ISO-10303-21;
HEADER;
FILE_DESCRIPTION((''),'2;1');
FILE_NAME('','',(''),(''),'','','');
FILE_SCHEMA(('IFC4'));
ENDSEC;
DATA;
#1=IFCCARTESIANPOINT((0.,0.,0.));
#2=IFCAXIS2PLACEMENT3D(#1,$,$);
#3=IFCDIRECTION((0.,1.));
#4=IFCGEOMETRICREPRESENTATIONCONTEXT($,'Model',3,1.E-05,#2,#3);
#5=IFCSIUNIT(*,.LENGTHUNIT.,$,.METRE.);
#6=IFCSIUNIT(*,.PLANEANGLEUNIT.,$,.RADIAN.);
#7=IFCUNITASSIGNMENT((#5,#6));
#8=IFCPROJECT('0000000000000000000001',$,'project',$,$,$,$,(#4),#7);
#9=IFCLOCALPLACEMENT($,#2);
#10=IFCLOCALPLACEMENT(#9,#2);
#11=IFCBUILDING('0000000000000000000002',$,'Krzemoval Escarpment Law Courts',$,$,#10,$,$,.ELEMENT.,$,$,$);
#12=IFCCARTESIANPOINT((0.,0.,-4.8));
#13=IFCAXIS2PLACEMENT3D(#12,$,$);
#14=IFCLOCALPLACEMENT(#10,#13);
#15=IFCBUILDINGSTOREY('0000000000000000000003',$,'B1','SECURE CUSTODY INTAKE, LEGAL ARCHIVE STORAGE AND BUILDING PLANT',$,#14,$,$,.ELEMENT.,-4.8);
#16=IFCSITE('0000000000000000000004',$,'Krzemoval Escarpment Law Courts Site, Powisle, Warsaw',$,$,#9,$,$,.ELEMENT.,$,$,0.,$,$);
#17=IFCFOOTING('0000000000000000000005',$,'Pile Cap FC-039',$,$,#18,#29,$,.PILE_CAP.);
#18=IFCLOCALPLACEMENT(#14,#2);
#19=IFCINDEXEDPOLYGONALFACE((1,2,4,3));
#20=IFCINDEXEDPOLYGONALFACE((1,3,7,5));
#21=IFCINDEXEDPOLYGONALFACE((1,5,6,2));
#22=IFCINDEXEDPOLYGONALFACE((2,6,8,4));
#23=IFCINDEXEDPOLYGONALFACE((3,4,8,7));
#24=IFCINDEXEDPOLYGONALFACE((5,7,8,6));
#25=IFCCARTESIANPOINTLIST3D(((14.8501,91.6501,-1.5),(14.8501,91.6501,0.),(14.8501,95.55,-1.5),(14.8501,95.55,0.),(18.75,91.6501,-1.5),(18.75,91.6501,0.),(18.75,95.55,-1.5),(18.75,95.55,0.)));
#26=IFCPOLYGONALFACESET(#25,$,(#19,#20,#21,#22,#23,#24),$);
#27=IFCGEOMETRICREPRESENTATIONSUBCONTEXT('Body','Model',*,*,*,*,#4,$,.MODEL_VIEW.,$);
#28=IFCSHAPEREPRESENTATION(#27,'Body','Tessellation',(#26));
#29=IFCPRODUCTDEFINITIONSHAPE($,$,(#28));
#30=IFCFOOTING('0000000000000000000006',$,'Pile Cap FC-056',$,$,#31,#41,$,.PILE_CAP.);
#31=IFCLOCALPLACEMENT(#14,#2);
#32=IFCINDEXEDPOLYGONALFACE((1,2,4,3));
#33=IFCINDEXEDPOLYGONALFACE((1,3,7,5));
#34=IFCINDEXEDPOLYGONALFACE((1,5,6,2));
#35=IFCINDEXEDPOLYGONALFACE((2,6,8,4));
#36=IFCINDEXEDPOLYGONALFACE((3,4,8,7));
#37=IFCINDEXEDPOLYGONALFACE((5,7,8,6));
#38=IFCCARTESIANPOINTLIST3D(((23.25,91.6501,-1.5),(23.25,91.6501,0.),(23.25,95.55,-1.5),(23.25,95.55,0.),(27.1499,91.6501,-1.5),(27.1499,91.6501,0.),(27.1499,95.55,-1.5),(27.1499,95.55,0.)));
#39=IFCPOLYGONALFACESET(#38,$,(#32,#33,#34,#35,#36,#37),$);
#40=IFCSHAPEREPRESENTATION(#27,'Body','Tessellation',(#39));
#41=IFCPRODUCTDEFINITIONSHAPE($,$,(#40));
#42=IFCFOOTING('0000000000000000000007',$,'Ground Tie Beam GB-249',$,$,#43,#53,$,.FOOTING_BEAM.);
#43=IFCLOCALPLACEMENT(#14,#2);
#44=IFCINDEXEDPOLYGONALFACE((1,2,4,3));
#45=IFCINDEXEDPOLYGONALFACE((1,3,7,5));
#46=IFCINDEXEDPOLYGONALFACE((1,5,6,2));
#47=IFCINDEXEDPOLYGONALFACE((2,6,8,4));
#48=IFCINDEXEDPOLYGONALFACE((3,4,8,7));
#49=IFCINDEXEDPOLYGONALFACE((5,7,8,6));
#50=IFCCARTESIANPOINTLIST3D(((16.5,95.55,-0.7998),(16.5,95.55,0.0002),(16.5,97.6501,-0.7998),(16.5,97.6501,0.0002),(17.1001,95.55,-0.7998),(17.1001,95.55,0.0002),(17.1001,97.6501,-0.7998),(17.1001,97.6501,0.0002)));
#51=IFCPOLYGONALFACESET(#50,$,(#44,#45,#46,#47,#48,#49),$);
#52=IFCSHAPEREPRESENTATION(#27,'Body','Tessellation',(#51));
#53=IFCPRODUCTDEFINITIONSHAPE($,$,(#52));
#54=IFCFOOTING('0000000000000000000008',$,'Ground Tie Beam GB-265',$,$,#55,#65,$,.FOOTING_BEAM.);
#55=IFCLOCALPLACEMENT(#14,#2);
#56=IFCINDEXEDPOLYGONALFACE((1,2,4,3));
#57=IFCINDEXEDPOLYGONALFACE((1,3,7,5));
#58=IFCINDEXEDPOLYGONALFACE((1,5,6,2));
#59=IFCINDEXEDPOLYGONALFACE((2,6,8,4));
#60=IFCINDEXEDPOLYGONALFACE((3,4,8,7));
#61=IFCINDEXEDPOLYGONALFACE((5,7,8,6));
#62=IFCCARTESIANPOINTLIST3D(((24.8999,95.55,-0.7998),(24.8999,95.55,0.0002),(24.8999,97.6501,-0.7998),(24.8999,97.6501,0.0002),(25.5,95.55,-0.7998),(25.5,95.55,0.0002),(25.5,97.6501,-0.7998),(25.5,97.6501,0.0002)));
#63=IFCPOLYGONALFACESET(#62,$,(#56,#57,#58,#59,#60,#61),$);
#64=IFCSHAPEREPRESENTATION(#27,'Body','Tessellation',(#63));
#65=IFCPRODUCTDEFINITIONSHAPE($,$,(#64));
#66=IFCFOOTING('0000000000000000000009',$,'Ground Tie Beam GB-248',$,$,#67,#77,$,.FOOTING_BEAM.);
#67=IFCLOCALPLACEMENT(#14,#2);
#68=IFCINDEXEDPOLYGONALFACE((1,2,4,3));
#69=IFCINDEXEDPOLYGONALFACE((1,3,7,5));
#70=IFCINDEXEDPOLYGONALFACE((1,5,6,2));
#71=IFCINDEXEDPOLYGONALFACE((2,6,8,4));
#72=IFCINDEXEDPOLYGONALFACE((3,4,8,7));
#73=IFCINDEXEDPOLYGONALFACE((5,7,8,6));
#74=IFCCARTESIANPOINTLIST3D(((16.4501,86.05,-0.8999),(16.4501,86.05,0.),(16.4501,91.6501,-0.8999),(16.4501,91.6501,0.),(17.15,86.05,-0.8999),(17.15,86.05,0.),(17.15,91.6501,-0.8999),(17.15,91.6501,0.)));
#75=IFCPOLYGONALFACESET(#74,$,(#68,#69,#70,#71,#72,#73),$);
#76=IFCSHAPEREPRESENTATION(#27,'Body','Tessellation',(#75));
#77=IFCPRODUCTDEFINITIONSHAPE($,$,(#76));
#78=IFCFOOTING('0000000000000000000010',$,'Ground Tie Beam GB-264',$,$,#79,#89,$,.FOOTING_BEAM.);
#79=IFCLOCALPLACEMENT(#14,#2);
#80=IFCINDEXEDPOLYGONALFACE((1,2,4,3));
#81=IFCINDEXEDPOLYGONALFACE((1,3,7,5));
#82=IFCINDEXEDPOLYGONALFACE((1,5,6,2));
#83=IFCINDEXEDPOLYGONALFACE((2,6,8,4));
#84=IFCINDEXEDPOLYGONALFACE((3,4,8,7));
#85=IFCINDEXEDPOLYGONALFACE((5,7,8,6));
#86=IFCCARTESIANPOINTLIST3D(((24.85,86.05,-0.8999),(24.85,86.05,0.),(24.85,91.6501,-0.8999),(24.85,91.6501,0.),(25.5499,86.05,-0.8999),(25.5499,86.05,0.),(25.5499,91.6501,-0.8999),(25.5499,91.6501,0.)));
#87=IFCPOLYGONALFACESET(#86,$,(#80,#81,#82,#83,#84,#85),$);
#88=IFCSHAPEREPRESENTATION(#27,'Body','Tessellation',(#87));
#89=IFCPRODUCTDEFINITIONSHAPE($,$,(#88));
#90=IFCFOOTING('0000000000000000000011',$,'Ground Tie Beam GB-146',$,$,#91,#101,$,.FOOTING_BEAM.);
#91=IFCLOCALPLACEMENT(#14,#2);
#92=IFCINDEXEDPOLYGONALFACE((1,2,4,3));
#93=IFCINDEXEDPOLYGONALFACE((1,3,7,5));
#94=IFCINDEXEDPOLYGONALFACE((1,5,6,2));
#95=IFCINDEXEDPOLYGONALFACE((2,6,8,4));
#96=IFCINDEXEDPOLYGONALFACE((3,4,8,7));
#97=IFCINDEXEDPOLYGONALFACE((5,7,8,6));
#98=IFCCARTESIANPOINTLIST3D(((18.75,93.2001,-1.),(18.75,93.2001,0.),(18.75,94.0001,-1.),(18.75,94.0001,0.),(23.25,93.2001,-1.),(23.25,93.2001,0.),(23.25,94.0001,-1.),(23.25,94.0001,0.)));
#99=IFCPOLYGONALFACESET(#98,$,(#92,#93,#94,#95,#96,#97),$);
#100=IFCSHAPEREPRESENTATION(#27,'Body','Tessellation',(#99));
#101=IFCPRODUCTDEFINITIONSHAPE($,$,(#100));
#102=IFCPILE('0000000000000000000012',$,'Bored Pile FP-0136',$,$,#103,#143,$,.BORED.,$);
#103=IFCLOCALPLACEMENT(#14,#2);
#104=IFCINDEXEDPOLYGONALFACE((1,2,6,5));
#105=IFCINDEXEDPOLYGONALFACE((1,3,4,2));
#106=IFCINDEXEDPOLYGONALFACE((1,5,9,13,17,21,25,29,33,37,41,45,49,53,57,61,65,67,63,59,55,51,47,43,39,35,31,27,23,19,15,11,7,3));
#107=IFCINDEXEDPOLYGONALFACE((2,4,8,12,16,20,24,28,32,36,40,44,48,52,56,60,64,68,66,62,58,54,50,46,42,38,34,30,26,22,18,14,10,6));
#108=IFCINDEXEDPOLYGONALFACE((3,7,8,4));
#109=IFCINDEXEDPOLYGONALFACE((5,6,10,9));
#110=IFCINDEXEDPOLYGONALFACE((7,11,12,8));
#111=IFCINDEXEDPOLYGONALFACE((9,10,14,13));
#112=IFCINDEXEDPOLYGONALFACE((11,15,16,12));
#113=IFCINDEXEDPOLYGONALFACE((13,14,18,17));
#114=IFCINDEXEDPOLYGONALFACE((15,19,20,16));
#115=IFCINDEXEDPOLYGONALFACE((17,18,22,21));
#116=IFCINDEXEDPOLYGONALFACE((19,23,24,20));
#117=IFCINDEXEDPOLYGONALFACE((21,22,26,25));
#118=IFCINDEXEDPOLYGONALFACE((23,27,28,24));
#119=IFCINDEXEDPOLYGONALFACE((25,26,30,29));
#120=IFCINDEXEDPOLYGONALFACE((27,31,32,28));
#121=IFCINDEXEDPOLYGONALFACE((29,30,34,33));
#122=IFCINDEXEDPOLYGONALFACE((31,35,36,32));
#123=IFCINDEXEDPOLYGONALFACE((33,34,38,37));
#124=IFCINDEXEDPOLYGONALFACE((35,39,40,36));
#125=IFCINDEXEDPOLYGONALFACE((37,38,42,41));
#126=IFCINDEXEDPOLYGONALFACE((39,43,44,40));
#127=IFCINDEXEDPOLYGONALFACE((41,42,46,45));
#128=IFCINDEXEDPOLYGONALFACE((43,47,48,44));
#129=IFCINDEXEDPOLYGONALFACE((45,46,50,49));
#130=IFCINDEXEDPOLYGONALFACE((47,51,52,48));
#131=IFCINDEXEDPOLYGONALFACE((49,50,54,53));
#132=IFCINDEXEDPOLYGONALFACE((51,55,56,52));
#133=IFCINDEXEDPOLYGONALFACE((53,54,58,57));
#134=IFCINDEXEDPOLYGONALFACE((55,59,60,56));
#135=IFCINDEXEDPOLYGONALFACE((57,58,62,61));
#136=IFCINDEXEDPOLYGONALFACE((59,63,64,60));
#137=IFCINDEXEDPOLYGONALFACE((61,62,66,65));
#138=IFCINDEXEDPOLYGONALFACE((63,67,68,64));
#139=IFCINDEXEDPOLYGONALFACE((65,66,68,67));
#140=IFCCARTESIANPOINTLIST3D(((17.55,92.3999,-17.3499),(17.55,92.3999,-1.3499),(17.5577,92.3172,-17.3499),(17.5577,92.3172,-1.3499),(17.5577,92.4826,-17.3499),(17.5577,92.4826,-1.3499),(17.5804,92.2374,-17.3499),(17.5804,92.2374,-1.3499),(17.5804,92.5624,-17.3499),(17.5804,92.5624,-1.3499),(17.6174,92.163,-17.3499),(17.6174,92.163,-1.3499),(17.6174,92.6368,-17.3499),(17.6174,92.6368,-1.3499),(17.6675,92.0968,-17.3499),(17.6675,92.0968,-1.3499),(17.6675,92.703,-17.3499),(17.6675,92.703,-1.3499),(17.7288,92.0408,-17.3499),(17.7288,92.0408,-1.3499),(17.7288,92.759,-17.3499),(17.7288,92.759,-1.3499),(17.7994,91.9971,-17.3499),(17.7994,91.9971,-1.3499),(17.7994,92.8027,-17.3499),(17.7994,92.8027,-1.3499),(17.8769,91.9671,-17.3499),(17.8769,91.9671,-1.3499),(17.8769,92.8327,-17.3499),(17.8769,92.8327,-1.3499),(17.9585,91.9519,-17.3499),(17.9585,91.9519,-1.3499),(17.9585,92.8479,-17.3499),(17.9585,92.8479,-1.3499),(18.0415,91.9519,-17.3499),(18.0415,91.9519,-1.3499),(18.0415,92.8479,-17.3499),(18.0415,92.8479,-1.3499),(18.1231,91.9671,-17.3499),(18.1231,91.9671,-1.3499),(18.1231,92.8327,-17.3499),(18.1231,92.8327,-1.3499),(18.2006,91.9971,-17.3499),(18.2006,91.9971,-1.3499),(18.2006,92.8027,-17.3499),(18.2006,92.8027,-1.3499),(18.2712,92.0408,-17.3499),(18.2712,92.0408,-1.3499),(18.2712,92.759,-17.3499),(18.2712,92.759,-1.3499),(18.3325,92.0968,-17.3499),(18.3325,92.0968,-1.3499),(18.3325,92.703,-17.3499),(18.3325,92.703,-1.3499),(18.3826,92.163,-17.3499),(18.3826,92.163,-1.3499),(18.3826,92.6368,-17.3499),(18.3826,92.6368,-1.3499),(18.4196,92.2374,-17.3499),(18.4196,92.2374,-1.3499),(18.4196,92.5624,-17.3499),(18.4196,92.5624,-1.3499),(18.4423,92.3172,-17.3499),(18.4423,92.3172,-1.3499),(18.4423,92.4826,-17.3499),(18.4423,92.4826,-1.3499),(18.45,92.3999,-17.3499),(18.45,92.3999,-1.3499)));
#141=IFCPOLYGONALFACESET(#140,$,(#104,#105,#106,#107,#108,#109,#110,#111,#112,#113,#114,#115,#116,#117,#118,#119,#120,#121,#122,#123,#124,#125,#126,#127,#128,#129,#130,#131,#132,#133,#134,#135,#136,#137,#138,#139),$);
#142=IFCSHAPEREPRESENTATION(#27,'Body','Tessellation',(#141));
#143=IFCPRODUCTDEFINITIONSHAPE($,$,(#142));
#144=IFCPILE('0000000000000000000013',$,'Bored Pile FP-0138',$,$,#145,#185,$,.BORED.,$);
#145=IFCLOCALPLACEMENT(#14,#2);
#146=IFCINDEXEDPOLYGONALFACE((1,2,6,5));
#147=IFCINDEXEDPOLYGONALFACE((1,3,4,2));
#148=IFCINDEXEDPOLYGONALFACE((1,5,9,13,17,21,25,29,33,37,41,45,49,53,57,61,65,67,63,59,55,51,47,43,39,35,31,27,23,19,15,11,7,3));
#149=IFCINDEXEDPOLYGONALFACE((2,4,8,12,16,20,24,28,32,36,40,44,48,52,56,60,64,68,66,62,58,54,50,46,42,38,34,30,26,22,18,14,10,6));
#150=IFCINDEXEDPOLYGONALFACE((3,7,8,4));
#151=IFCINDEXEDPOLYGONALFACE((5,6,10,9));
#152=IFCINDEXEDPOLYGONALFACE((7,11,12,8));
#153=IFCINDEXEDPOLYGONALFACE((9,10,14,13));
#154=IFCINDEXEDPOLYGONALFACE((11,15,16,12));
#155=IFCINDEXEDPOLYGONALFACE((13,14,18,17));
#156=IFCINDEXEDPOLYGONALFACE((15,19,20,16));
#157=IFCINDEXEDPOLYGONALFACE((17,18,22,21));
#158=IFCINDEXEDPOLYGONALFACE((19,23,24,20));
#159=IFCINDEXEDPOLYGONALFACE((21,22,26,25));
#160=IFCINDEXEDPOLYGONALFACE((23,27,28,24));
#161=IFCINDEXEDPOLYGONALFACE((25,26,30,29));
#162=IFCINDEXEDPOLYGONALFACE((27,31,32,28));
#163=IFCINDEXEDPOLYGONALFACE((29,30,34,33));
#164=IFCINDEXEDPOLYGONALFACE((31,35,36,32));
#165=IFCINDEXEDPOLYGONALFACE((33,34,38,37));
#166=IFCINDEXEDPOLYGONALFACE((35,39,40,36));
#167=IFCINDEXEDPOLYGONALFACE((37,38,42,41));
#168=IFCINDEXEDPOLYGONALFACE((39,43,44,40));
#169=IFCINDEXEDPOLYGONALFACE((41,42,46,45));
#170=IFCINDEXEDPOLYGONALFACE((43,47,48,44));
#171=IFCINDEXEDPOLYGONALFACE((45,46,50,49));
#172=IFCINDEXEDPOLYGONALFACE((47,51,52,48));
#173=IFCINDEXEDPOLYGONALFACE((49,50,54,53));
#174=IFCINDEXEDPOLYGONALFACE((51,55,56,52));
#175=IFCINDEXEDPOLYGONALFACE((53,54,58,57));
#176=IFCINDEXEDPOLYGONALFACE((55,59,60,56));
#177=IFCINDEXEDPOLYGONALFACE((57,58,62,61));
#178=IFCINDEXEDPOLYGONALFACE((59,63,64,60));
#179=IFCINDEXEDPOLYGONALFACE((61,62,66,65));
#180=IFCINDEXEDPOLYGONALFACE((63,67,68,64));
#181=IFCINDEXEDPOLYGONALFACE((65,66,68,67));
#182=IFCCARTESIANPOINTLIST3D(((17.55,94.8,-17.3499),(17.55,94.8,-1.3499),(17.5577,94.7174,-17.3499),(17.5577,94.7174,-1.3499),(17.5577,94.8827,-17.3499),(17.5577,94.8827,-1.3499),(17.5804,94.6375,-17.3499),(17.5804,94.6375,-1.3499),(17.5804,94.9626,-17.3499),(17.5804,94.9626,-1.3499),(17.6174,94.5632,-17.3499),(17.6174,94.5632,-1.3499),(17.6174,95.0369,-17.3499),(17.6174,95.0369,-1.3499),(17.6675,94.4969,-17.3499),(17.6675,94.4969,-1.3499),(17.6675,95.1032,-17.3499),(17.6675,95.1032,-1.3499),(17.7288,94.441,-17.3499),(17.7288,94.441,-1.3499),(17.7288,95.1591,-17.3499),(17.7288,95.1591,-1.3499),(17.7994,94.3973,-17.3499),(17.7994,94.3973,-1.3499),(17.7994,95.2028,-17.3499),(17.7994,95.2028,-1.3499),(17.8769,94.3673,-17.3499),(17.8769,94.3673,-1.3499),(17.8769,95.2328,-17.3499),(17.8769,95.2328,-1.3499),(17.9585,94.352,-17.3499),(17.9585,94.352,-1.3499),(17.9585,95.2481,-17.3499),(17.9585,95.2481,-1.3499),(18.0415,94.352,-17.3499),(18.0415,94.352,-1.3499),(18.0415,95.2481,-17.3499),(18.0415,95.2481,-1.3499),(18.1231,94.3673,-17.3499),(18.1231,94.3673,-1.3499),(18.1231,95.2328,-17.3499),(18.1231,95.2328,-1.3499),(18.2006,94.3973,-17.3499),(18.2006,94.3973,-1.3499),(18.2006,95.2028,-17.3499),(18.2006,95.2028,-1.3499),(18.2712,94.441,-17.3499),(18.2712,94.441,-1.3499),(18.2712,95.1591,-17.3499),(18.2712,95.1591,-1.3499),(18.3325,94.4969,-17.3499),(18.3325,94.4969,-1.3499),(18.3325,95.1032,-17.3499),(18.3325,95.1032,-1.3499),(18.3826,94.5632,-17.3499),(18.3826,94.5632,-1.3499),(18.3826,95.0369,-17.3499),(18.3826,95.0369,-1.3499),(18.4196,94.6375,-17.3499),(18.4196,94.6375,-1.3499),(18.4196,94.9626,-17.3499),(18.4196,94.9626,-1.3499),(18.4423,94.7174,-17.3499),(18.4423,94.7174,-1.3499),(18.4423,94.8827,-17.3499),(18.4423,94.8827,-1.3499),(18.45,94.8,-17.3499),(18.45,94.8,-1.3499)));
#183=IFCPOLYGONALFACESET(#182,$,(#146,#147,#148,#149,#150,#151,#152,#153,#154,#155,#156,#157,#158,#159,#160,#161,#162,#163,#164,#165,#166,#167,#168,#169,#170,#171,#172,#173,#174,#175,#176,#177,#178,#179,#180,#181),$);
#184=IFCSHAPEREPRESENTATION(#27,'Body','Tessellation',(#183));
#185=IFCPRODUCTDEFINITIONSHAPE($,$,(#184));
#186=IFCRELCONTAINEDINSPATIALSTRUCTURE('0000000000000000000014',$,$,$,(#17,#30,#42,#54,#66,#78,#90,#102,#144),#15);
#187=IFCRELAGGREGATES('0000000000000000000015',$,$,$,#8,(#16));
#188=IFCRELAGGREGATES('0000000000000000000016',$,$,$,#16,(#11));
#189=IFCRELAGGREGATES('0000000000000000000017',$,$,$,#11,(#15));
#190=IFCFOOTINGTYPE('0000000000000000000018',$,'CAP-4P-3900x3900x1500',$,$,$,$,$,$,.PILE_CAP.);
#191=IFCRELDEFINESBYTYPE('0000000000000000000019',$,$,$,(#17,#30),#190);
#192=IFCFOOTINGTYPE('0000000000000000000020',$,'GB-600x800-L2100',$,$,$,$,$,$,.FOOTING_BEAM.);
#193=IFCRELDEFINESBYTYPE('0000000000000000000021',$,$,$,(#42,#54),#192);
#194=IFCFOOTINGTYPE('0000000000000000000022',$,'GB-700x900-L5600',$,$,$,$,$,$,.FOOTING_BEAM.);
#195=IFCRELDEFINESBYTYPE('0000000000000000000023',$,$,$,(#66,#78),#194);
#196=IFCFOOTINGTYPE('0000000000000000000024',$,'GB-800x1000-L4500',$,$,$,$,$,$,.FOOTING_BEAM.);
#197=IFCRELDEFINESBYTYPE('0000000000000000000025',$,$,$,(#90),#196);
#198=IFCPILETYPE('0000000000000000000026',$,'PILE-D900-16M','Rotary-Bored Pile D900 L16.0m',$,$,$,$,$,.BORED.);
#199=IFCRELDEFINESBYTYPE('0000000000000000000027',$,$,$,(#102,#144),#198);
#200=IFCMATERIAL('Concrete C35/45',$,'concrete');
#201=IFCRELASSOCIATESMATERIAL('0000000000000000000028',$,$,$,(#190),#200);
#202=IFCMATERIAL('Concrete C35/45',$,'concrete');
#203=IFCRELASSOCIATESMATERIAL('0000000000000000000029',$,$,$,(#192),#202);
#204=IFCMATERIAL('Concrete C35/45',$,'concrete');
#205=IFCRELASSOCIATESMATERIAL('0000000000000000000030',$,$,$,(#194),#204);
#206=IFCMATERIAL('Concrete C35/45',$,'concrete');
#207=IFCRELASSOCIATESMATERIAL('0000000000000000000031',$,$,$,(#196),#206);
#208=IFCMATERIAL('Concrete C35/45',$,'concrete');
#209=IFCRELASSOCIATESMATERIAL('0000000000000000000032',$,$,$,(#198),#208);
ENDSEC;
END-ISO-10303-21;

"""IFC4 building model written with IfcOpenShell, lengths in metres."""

from ifc_helpers import new_model, si_unit, direction, frame, origin, origin_2d, place, context, subcontext, project, spatial, rectangle, circle, extrude, material, material_profile, profile_set, type_object, element, save


model = new_model("IFC4")

# Units and contexts
model_context = context("Model", 3, precision=1e-05, world=origin(), true_north=direction((0.0, 1.0)))
body_context = subcontext(model_context, "Body", "Model", "MODEL_VIEW")
ifc_project = project(units=[si_unit("LENGTHUNIT", "METRE"), si_unit("PLANEANGLEUNIT", "RADIAN")], contexts=[model_context])

# Site, building, storey
site_placement = place(None, origin())
site = spatial("IfcSite", under=ifc_project, at=site_placement, Name="Krzemoval Escarpment Law Courts Site, Powisle, Warsaw", CompositionType="ELEMENT", RefElevation=0.0)
building_placement = place(site_placement, origin())
building = spatial("IfcBuilding", under=site, at=building_placement, Name="Krzemoval Escarpment Law Courts", CompositionType="ELEMENT")
storey_placement = place(building_placement, frame((0.0, 0.0, -4.8)))
storey = spatial("IfcBuildingStorey", under=building, at=storey_placement, Name="B1", Description="SECURE CUSTODY INTAKE, LEGAL ARCHIVE STORAGE AND BUILDING PLANT", CompositionType="ELEMENT", Elevation=-4.8)

# Footings
ifc_material_1 = material(Name="Concrete C35/45", Category="concrete")
footing_type_1 = type_object("IfcFootingType", Name="CAP-4P-3900x3900x1500", PredefinedType="PILE_CAP", material=ifc_material_1)
for number, where, z_axis, x_axis, name in (
    (1, (16.8, 93.6001, -1.5), (0.0, 0.0, 1.0), (1.0, 0.0, 0.0), "Pile Cap FC-039"),
    (2, (25.2, 93.6001, -1.5), (0.0, 0.0, 1.0), (1.0, 0.0, 0.0), "Pile Cap FC-056"),
):
    element("IfcFooting", number, at=place(storey_placement, frame(where, z_axis=z_axis, x_axis=x_axis)), inside=storey, type_object=footing_type_1, Name=name, PredefinedType="PILE_CAP", context=body_context, shape_type="SweptSolid", body=[
        extrude(rectangle(XDim=3.8999, YDim=3.8999, at=origin_2d()), origin(), (0.0, 0.0, 1.0), 1.5),
    ])
ifc_material_2 = material(Name="Concrete C35/45", Category="concrete")
footing_type_2 = type_object("IfcFootingType", Name="GB-600x800-L2100", PredefinedType="FOOTING_BEAM", material=ifc_material_2)
for number, where, z_axis, x_axis, name in (
    (3, (16.8, 96.6001, -0.7998), (0.0, 0.0, 1.0), (0.0, 1.0, 0.0), "Ground Tie Beam GB-249"),
    (4, (25.2, 96.6001, -0.7998), (0.0, 0.0, 1.0), (0.0, 1.0, 0.0), "Ground Tie Beam GB-265"),
):
    element("IfcFooting", number, at=place(storey_placement, frame(where, z_axis=z_axis, x_axis=x_axis)), inside=storey, type_object=footing_type_2, Name=name, PredefinedType="FOOTING_BEAM", context=body_context, shape_type="SweptSolid", body=[
        extrude(rectangle(XDim=2.1001, YDim=0.6001, at=origin_2d()), origin(), (0.0, 0.0, 1.0), 0.8),
    ])
ifc_material_3 = material(Name="Concrete C35/45", Category="concrete")
footing_type_3 = type_object("IfcFootingType", Name="GB-700x900-L5600", PredefinedType="FOOTING_BEAM", material=ifc_material_3)
for number, where, z_axis, x_axis, name in (
    (5, (16.8, 88.8501, -0.8999), (0.0, 0.0, 1.0), (0.0, 1.0, 0.0), "Ground Tie Beam GB-248"),
    (6, (25.2, 88.8501, -0.8999), (0.0, 0.0, 1.0), (0.0, 1.0, 0.0), "Ground Tie Beam GB-264"),
):
    element("IfcFooting", number, at=place(storey_placement, frame(where, z_axis=z_axis, x_axis=x_axis)), inside=storey, type_object=footing_type_3, Name=name, PredefinedType="FOOTING_BEAM", context=body_context, shape_type="SweptSolid", body=[
        extrude(rectangle(XDim=5.6001, YDim=0.7, at=origin_2d()), origin(), (0.0, 0.0, 1.0), 0.8999),
    ])
ifc_material_4 = material(Name="Concrete C35/45", Category="concrete")
footing_type_4 = type_object("IfcFootingType", Name="GB-800x1000-L4500", PredefinedType="FOOTING_BEAM", material=ifc_material_4)
footing_placement = place(storey_placement, frame((21.0, 93.6001, -1.0), z_axis=(0.0, 0.0, 1.0), x_axis=(1.0, 0.0, 0.0)))
element("IfcFooting", 7, at=footing_placement, inside=storey, type_object=footing_type_4, Name="Ground Tie Beam GB-146", PredefinedType="FOOTING_BEAM", context=body_context, shape_type="SweptSolid", body=[
    extrude(rectangle(XDim=4.5, YDim=0.8, at=origin_2d()), origin(), (0.0, 0.0, 1.0), 1.0),
])

# Piles
ifc_material_5 = material(Name="Concrete C35/45", Category="concrete")
ifc_material_profile_1 = material_profile(ifc_material_5, circle(Radius=0.45, at=origin_2d()), Name="PILE D900")
ifc_profile_set_1 = profile_set([ifc_material_profile_1], Name="Concrete C35/45")
pile_type = type_object("IfcPileType", Name="PILE-D900-16M", Description="Rotary-Bored Pile D900 L16.0m", PredefinedType="BORED", material=ifc_profile_set_1)
for number, where, z_axis, x_axis, name in (
    (8, (18.0, 92.3999, -1.3499), (0.0, 0.0, -1.0), (1.0, 0.0, 0.0), "Bored Pile FP-0136"),
    (9, (18.0, 94.8, -1.3499), (0.0, 0.0, -1.0), (1.0, 0.0, 0.0), "Bored Pile FP-0138"),
):
    element("IfcPile", number, at=place(storey_placement, frame(where, z_axis=z_axis, x_axis=x_axis)), inside=storey, type_object=pile_type, Name=name, PredefinedType="BORED", context=body_context, shape_type="SweptSolid", body=[
        extrude(circle(Radius=0.45, at=origin_2d()), origin(), (0.0, 0.0, 1.0), 16.0),
    ])

save(model, "model.ifc")
